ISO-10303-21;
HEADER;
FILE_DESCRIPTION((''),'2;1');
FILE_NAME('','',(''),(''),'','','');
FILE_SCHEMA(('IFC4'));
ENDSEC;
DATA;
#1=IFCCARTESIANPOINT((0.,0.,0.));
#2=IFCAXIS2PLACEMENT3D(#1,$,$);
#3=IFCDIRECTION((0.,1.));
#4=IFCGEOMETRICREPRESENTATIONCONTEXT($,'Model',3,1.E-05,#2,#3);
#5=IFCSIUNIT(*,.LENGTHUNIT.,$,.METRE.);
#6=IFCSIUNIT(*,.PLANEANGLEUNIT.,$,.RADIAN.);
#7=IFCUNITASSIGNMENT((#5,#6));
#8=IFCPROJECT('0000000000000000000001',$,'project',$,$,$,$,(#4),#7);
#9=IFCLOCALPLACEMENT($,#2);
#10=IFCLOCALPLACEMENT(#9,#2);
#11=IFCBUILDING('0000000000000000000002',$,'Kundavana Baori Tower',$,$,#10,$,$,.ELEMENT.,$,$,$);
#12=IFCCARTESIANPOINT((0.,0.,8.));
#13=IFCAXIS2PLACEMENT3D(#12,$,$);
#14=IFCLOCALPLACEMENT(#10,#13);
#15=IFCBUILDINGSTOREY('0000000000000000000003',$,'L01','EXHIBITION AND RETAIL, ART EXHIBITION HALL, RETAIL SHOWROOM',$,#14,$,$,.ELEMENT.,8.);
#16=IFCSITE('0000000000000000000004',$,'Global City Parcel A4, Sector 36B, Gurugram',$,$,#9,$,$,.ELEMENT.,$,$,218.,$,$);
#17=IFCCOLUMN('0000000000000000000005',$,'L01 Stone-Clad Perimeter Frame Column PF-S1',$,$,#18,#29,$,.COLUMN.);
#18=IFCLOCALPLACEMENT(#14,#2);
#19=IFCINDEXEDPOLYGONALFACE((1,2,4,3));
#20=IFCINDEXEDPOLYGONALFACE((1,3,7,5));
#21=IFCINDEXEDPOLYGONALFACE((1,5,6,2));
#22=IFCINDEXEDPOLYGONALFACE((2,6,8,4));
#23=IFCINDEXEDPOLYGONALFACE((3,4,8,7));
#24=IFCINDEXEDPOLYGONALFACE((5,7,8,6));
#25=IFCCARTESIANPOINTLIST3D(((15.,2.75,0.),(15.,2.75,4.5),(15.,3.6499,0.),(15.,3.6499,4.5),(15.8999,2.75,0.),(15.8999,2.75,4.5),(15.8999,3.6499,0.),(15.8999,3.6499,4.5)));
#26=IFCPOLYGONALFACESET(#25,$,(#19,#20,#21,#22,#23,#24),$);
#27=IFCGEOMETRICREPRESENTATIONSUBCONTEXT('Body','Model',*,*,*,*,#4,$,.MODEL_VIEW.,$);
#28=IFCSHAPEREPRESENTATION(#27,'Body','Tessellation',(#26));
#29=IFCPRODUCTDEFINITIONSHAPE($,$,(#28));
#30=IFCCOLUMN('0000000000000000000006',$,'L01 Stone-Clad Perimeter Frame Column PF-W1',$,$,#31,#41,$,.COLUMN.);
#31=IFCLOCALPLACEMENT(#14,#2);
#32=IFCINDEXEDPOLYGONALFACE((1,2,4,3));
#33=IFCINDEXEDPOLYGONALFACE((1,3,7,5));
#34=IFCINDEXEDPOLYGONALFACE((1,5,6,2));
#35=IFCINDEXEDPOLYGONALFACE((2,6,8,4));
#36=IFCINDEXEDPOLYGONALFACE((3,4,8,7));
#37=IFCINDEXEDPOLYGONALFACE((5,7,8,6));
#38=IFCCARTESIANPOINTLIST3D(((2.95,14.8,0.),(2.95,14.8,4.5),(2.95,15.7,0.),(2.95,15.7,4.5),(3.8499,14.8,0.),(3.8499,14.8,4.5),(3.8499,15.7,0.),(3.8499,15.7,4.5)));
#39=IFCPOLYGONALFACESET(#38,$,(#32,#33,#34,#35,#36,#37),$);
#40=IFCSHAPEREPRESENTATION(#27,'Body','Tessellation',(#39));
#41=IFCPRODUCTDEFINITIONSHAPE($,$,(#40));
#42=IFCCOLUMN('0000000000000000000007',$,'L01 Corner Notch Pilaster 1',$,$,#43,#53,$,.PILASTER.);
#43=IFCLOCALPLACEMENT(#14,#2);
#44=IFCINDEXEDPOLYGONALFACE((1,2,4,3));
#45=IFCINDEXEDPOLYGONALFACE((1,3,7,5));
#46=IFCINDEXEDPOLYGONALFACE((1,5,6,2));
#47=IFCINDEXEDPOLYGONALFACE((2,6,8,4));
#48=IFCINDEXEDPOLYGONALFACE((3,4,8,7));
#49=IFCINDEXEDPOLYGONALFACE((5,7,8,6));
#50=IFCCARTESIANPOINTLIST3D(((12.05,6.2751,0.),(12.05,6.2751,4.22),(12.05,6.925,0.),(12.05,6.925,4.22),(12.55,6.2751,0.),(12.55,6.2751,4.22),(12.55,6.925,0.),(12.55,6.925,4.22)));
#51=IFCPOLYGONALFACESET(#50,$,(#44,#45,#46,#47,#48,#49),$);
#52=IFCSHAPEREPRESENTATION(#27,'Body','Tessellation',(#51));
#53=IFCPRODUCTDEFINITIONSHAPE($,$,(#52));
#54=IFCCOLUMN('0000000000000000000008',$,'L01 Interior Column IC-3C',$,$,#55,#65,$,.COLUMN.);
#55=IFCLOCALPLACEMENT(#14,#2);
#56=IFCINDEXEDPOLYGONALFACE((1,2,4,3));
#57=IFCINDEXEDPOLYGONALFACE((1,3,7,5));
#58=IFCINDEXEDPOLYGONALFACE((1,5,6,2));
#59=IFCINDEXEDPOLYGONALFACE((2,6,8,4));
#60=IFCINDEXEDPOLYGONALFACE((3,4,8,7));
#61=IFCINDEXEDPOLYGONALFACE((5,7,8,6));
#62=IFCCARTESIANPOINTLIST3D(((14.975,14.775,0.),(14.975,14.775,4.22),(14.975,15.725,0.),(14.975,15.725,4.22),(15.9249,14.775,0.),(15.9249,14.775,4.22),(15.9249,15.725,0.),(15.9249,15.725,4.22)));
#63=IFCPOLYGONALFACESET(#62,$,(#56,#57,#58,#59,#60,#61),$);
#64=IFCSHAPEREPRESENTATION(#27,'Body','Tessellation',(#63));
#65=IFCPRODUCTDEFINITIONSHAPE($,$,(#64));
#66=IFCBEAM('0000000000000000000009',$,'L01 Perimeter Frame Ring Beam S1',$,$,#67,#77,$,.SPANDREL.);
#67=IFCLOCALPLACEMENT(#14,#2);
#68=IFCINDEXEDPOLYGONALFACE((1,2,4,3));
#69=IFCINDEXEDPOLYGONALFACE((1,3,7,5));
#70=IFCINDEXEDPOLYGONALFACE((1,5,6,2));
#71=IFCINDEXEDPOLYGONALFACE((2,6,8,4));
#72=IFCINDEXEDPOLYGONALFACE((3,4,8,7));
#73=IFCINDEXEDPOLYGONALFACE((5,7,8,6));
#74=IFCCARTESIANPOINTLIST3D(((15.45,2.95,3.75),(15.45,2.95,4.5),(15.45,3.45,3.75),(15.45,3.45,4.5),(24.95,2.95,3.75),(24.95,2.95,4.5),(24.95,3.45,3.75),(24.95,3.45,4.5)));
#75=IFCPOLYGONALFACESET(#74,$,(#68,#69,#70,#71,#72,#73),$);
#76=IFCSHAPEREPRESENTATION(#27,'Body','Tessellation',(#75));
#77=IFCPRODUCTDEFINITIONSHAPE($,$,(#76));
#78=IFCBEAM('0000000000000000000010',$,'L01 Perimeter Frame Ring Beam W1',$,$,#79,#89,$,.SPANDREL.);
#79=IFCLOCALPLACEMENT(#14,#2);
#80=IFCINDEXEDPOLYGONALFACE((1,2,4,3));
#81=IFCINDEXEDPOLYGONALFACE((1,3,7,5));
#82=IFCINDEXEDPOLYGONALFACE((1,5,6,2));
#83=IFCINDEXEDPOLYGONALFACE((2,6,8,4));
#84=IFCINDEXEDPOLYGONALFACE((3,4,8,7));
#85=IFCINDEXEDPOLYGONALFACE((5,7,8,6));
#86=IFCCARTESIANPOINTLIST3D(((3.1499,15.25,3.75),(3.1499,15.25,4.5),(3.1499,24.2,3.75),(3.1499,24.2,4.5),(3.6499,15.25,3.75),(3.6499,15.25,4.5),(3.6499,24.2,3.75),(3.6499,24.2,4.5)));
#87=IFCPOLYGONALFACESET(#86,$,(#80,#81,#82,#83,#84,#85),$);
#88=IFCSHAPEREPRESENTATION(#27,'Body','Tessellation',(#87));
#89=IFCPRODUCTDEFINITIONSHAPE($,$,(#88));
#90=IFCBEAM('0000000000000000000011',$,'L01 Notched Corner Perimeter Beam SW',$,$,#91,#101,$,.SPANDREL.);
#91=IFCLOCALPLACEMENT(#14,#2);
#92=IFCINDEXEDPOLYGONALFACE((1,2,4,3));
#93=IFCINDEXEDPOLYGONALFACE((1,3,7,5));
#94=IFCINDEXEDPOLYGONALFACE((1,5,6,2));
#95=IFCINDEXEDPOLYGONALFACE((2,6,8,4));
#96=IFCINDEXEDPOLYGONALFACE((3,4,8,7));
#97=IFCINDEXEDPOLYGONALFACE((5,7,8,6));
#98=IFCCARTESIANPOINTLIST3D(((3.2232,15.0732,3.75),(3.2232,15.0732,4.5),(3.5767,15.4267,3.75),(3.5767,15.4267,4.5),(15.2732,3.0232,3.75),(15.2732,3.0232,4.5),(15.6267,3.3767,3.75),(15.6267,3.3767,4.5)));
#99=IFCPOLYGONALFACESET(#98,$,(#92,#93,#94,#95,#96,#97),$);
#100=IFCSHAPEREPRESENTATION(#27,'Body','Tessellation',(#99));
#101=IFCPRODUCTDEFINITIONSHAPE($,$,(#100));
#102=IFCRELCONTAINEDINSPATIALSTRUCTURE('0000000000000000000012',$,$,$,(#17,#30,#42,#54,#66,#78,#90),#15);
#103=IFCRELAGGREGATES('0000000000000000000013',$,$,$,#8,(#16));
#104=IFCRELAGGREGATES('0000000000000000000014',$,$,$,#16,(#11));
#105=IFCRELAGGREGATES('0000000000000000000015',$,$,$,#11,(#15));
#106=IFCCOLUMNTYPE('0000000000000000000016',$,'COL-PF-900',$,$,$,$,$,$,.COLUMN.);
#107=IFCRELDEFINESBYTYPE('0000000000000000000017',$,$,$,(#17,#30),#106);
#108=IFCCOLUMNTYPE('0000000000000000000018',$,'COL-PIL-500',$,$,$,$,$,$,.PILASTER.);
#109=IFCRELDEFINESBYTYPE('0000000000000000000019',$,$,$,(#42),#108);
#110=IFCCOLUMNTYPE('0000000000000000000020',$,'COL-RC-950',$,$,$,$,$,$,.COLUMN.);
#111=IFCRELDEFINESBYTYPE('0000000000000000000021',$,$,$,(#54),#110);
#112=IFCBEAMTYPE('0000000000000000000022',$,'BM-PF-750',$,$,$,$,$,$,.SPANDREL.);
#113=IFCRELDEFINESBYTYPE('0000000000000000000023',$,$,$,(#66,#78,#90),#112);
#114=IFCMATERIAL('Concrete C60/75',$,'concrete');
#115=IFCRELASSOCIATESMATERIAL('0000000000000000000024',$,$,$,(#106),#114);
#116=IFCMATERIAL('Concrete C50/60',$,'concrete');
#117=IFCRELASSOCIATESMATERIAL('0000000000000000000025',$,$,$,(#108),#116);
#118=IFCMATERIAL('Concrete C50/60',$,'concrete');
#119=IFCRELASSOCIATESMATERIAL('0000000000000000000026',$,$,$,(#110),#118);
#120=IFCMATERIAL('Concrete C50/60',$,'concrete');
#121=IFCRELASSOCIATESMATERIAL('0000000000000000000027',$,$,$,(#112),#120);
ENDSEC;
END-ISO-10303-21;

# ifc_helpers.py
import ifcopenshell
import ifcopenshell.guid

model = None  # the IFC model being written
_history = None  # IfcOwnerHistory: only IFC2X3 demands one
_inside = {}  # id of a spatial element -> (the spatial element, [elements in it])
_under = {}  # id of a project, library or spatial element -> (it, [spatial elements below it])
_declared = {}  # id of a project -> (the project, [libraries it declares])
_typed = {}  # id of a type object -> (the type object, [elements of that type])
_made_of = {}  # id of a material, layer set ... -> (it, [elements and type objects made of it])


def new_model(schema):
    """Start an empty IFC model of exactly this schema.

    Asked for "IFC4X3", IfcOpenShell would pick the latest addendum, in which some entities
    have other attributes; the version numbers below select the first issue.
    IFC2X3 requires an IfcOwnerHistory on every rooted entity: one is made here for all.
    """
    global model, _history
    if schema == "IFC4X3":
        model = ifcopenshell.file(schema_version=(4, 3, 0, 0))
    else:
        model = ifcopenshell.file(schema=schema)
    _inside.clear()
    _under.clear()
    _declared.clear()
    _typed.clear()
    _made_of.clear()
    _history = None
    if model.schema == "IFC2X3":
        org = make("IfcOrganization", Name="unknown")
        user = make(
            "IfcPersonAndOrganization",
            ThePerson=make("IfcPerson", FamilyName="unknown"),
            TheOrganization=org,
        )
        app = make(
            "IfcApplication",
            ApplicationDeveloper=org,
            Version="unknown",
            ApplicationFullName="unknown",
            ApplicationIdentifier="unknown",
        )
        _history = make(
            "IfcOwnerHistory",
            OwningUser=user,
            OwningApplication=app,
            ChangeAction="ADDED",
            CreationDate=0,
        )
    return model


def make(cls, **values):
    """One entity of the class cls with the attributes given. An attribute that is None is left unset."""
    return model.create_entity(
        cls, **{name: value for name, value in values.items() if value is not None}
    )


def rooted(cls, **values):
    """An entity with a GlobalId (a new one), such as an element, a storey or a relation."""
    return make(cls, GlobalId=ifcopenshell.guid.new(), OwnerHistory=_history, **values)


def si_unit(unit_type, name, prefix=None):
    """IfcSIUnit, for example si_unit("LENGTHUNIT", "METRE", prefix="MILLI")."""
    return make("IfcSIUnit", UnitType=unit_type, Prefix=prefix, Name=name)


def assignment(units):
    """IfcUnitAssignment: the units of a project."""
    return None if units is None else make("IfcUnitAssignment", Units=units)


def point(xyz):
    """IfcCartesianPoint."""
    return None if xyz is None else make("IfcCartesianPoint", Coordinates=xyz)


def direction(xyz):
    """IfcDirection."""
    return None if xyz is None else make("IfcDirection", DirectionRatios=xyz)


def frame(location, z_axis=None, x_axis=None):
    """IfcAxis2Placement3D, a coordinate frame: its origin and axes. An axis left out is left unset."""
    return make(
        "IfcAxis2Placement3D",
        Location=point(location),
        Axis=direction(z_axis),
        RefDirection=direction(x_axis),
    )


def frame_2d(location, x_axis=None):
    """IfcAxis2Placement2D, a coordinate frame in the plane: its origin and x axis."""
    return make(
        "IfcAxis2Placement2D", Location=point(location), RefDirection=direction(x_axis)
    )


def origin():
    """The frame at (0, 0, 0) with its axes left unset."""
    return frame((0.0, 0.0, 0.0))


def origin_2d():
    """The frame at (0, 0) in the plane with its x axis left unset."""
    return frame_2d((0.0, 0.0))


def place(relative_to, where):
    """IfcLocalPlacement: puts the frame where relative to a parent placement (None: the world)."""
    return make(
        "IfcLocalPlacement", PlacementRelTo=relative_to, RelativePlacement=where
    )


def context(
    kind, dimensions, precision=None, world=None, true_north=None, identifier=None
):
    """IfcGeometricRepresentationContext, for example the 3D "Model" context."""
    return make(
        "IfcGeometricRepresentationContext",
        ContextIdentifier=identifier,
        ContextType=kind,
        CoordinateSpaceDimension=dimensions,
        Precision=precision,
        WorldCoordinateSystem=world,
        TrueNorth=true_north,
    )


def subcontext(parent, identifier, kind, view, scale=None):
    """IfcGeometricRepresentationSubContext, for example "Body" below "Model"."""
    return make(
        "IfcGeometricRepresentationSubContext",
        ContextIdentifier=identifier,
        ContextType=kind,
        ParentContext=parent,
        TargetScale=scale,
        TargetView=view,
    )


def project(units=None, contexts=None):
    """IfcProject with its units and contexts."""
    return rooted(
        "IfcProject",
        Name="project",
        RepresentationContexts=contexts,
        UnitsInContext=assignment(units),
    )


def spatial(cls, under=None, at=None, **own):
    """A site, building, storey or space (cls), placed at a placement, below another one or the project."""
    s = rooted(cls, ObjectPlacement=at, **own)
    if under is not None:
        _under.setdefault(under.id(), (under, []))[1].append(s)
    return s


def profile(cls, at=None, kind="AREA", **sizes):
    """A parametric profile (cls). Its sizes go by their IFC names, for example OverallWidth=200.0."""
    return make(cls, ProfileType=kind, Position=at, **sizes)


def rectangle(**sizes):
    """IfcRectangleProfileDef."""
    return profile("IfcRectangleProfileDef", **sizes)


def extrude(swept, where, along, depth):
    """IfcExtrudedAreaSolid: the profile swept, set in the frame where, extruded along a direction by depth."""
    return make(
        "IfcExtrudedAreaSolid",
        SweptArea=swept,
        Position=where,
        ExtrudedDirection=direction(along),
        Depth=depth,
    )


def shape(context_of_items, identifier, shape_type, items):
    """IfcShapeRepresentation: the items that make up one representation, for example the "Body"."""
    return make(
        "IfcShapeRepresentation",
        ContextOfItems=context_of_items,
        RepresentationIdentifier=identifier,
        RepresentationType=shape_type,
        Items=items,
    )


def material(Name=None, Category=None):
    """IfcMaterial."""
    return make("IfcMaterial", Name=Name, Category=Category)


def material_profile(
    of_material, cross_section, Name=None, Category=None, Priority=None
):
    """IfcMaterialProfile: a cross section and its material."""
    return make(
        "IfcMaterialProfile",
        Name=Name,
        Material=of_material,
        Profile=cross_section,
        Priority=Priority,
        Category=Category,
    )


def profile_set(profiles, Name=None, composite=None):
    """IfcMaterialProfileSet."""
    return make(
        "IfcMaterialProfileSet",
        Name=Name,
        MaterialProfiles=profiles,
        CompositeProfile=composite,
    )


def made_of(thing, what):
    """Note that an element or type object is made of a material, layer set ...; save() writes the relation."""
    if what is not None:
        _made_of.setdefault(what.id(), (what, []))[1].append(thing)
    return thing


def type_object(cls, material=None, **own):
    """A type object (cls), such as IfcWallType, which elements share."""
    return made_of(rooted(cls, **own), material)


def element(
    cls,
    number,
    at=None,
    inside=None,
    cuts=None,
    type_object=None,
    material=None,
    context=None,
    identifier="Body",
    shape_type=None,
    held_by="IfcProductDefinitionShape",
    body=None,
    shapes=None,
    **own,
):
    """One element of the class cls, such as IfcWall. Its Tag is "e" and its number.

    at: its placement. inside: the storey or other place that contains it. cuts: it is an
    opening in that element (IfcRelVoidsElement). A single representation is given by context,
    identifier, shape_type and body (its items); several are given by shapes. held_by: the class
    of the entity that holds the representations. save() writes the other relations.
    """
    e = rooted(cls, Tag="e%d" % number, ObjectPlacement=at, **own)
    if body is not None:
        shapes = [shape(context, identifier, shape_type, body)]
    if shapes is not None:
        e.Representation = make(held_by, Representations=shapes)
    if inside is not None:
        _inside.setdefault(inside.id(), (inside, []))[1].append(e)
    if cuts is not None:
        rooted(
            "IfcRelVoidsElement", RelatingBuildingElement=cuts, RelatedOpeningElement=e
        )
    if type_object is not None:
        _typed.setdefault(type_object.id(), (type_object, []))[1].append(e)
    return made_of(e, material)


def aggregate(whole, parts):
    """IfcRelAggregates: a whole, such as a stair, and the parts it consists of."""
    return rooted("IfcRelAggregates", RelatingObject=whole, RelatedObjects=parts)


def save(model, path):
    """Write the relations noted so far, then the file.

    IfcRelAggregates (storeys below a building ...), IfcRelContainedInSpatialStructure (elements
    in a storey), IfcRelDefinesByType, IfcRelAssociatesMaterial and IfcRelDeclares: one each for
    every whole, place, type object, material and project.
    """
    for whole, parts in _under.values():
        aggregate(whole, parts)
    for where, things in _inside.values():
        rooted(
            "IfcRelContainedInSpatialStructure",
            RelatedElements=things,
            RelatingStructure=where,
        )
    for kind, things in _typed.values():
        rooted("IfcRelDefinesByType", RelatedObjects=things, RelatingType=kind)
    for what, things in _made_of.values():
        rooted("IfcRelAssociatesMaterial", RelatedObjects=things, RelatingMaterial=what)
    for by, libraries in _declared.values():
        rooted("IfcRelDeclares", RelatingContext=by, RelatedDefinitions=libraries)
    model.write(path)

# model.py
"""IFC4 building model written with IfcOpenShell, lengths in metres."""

from ifc_helpers import new_model, si_unit, direction, frame, origin, origin_2d, place, context, subcontext, project, spatial, rectangle, extrude, material, material_profile, profile_set, type_object, element, save


model = new_model("IFC4")

# Units and contexts
model_context = context("Model", 3, precision=1e-05, world=origin(), true_north=direction((0.0, 1.0)))
body_context = subcontext(model_context, "Body", "Model", "MODEL_VIEW")
ifc_project = project(units=[si_unit("LENGTHUNIT", "METRE"), si_unit("PLANEANGLEUNIT", "RADIAN")], contexts=[model_context])

# Site, building, storey
site_placement = place(None, origin())
site = spatial("IfcSite", under=ifc_project, at=site_placement, Name="Global City Parcel A4, Sector 36B, Gurugram", CompositionType="ELEMENT", RefElevation=218.0)
building_placement = place(site_placement, origin())
building = spatial("IfcBuilding", under=site, at=building_placement, Name="Kundavana Baori Tower", CompositionType="ELEMENT")
storey_placement = place(building_placement, frame((0.0, 0.0, 8.0)))
storey = spatial("IfcBuildingStorey", under=building, at=storey_placement, Name="L01", Description="EXHIBITION AND RETAIL, ART EXHIBITION HALL, RETAIL SHOWROOM", CompositionType="ELEMENT", Elevation=8.0)

# Columns
ifc_material_1 = material(Name="Concrete C60/75", Category="concrete")
ifc_material_profile_1 = material_profile(ifc_material_1, rectangle(XDim=0.8999, YDim=0.8999, at=origin_2d()), Name="RC PF 900x900")
ifc_profile_set_1 = profile_set([ifc_material_profile_1], Name="Concrete C60/75")
column_type_1 = type_object("IfcColumnType", Name="COL-PF-900", PredefinedType="COLUMN", material=ifc_profile_set_1)
for number, where, z_axis, x_axis, name in (
    (1, (15.45, 3.2, 0.0), (0.0, 0.0, 1.0), (1.0, 0.0, 0.0), "L01 Stone-Clad Perimeter Frame Column PF-S1"),
    (2, (3.3999, 15.25, 0.0), (0.0, 0.0, 1.0), (1.0, 0.0, 0.0), "L01 Stone-Clad Perimeter Frame Column PF-W1"),
):
    element("IfcColumn", number, at=place(storey_placement, frame(where, z_axis=z_axis, x_axis=x_axis)), inside=storey, type_object=column_type_1, Name=name, PredefinedType="COLUMN", context=body_context, shape_type="SweptSolid", body=[
        extrude(rectangle(XDim=0.8999, YDim=0.8999, at=origin_2d()), origin(), (0.0, 0.0, 1.0), 4.5),
    ])
ifc_material_2 = material(Name="Concrete C50/60", Category="concrete")
ifc_material_profile_2 = material_profile(ifc_material_2, rectangle(XDim=0.5, YDim=0.6499, at=origin_2d()), Name="RC PIL 500x650")
ifc_profile_set_2 = profile_set([ifc_material_profile_2], Name="Concrete C50/60")
column_type_2 = type_object("IfcColumnType", Name="COL-PIL-500", PredefinedType="PILASTER", material=ifc_profile_set_2)
column_1_placement = place(storey_placement, frame((12.3, 6.6001, 0.0), z_axis=(0.0, 0.0, 1.0), x_axis=(1.0, 0.0, 0.0)))
element("IfcColumn", 3, at=column_1_placement, inside=storey, type_object=column_type_2, Name="L01 Corner Notch Pilaster 1", PredefinedType="PILASTER", context=body_context, shape_type="SweptSolid", body=[
    extrude(rectangle(XDim=0.5, YDim=0.6499, at=origin_2d()), origin(), (0.0, 0.0, 1.0), 4.22),
])
ifc_material_3 = material(Name="Concrete C50/60", Category="concrete")
ifc_material_profile_3 = material_profile(ifc_material_3, rectangle(XDim=0.95, YDim=0.95, at=origin_2d()), Name="RC 950x950")
ifc_profile_set_3 = profile_set([ifc_material_profile_3], Name="Concrete C50/60")
column_type_3 = type_object("IfcColumnType", Name="COL-RC-950", PredefinedType="COLUMN", material=ifc_profile_set_3)
column_2_placement = place(storey_placement, frame((15.45, 15.25, 0.0), z_axis=(0.0, 0.0, 1.0), x_axis=(1.0, 0.0, 0.0)))
element("IfcColumn", 4, at=column_2_placement, inside=storey, type_object=column_type_3, Name="L01 Interior Column IC-3C", PredefinedType="COLUMN", context=body_context, shape_type="SweptSolid", body=[
    extrude(rectangle(XDim=0.95, YDim=0.95, at=origin_2d()), origin(), (0.0, 0.0, 1.0), 4.22),
])

# Beams
ifc_material_4 = material(Name="Concrete C50/60", Category="concrete")
ifc_material_profile_4 = material_profile(ifc_material_4, rectangle(XDim=0.5, YDim=0.75, at=origin_2d()), Name="RC BM 500x750")
ifc_profile_set_4 = profile_set([ifc_material_profile_4], Name="Concrete C50/60")
beam_type = type_object("IfcBeamType", Name="BM-PF-750", PredefinedType="SPANDREL", material=ifc_profile_set_4)
beam_1_placement = place(storey_placement, frame((15.45, 3.2, 4.125), z_axis=(1.0, 0.0, 0.0), x_axis=(0.0, 1.0, 0.0)))
element("IfcBeam", 5, at=beam_1_placement, inside=storey, type_object=beam_type, Name="L01 Perimeter Frame Ring Beam S1", PredefinedType="SPANDREL", context=body_context, shape_type="SweptSolid", body=[
    extrude(rectangle(XDim=0.5, YDim=0.75, at=origin_2d()), origin(), (0.0, 0.0, 1.0), 9.5),
])
beam_2_placement = place(storey_placement, frame((3.3999, 15.25, 4.125), z_axis=(0.0, 1.0, 0.0), x_axis=(-1.0, 0.0, 0.0)))
element("IfcBeam", 6, at=beam_2_placement, inside=storey, type_object=beam_type, Name="L01 Perimeter Frame Ring Beam W1", PredefinedType="SPANDREL", context=body_context, shape_type="SweptSolid", body=[
    extrude(rectangle(XDim=0.5, YDim=0.75, at=origin_2d()), origin(), (0.0, 0.0, 1.0), 8.95),
])
beam_3_placement = place(storey_placement, frame((15.45, 3.2, 4.125), z_axis=(-0.707107, 0.707107, 0.0), x_axis=(-0.707107, -0.707107, 0.0)))
element("IfcBeam", 7, at=beam_3_placement, inside=storey, type_object=beam_type, Name="L01 Notched Corner Perimeter Beam SW", PredefinedType="SPANDREL", context=body_context, shape_type="SweptSolid", body=[
    extrude(rectangle(XDim=0.5, YDim=0.75, at=origin_2d()), origin(), (0.0, 0.0, 1.0), 17.0413),
])

save(model, "model.ifc")
